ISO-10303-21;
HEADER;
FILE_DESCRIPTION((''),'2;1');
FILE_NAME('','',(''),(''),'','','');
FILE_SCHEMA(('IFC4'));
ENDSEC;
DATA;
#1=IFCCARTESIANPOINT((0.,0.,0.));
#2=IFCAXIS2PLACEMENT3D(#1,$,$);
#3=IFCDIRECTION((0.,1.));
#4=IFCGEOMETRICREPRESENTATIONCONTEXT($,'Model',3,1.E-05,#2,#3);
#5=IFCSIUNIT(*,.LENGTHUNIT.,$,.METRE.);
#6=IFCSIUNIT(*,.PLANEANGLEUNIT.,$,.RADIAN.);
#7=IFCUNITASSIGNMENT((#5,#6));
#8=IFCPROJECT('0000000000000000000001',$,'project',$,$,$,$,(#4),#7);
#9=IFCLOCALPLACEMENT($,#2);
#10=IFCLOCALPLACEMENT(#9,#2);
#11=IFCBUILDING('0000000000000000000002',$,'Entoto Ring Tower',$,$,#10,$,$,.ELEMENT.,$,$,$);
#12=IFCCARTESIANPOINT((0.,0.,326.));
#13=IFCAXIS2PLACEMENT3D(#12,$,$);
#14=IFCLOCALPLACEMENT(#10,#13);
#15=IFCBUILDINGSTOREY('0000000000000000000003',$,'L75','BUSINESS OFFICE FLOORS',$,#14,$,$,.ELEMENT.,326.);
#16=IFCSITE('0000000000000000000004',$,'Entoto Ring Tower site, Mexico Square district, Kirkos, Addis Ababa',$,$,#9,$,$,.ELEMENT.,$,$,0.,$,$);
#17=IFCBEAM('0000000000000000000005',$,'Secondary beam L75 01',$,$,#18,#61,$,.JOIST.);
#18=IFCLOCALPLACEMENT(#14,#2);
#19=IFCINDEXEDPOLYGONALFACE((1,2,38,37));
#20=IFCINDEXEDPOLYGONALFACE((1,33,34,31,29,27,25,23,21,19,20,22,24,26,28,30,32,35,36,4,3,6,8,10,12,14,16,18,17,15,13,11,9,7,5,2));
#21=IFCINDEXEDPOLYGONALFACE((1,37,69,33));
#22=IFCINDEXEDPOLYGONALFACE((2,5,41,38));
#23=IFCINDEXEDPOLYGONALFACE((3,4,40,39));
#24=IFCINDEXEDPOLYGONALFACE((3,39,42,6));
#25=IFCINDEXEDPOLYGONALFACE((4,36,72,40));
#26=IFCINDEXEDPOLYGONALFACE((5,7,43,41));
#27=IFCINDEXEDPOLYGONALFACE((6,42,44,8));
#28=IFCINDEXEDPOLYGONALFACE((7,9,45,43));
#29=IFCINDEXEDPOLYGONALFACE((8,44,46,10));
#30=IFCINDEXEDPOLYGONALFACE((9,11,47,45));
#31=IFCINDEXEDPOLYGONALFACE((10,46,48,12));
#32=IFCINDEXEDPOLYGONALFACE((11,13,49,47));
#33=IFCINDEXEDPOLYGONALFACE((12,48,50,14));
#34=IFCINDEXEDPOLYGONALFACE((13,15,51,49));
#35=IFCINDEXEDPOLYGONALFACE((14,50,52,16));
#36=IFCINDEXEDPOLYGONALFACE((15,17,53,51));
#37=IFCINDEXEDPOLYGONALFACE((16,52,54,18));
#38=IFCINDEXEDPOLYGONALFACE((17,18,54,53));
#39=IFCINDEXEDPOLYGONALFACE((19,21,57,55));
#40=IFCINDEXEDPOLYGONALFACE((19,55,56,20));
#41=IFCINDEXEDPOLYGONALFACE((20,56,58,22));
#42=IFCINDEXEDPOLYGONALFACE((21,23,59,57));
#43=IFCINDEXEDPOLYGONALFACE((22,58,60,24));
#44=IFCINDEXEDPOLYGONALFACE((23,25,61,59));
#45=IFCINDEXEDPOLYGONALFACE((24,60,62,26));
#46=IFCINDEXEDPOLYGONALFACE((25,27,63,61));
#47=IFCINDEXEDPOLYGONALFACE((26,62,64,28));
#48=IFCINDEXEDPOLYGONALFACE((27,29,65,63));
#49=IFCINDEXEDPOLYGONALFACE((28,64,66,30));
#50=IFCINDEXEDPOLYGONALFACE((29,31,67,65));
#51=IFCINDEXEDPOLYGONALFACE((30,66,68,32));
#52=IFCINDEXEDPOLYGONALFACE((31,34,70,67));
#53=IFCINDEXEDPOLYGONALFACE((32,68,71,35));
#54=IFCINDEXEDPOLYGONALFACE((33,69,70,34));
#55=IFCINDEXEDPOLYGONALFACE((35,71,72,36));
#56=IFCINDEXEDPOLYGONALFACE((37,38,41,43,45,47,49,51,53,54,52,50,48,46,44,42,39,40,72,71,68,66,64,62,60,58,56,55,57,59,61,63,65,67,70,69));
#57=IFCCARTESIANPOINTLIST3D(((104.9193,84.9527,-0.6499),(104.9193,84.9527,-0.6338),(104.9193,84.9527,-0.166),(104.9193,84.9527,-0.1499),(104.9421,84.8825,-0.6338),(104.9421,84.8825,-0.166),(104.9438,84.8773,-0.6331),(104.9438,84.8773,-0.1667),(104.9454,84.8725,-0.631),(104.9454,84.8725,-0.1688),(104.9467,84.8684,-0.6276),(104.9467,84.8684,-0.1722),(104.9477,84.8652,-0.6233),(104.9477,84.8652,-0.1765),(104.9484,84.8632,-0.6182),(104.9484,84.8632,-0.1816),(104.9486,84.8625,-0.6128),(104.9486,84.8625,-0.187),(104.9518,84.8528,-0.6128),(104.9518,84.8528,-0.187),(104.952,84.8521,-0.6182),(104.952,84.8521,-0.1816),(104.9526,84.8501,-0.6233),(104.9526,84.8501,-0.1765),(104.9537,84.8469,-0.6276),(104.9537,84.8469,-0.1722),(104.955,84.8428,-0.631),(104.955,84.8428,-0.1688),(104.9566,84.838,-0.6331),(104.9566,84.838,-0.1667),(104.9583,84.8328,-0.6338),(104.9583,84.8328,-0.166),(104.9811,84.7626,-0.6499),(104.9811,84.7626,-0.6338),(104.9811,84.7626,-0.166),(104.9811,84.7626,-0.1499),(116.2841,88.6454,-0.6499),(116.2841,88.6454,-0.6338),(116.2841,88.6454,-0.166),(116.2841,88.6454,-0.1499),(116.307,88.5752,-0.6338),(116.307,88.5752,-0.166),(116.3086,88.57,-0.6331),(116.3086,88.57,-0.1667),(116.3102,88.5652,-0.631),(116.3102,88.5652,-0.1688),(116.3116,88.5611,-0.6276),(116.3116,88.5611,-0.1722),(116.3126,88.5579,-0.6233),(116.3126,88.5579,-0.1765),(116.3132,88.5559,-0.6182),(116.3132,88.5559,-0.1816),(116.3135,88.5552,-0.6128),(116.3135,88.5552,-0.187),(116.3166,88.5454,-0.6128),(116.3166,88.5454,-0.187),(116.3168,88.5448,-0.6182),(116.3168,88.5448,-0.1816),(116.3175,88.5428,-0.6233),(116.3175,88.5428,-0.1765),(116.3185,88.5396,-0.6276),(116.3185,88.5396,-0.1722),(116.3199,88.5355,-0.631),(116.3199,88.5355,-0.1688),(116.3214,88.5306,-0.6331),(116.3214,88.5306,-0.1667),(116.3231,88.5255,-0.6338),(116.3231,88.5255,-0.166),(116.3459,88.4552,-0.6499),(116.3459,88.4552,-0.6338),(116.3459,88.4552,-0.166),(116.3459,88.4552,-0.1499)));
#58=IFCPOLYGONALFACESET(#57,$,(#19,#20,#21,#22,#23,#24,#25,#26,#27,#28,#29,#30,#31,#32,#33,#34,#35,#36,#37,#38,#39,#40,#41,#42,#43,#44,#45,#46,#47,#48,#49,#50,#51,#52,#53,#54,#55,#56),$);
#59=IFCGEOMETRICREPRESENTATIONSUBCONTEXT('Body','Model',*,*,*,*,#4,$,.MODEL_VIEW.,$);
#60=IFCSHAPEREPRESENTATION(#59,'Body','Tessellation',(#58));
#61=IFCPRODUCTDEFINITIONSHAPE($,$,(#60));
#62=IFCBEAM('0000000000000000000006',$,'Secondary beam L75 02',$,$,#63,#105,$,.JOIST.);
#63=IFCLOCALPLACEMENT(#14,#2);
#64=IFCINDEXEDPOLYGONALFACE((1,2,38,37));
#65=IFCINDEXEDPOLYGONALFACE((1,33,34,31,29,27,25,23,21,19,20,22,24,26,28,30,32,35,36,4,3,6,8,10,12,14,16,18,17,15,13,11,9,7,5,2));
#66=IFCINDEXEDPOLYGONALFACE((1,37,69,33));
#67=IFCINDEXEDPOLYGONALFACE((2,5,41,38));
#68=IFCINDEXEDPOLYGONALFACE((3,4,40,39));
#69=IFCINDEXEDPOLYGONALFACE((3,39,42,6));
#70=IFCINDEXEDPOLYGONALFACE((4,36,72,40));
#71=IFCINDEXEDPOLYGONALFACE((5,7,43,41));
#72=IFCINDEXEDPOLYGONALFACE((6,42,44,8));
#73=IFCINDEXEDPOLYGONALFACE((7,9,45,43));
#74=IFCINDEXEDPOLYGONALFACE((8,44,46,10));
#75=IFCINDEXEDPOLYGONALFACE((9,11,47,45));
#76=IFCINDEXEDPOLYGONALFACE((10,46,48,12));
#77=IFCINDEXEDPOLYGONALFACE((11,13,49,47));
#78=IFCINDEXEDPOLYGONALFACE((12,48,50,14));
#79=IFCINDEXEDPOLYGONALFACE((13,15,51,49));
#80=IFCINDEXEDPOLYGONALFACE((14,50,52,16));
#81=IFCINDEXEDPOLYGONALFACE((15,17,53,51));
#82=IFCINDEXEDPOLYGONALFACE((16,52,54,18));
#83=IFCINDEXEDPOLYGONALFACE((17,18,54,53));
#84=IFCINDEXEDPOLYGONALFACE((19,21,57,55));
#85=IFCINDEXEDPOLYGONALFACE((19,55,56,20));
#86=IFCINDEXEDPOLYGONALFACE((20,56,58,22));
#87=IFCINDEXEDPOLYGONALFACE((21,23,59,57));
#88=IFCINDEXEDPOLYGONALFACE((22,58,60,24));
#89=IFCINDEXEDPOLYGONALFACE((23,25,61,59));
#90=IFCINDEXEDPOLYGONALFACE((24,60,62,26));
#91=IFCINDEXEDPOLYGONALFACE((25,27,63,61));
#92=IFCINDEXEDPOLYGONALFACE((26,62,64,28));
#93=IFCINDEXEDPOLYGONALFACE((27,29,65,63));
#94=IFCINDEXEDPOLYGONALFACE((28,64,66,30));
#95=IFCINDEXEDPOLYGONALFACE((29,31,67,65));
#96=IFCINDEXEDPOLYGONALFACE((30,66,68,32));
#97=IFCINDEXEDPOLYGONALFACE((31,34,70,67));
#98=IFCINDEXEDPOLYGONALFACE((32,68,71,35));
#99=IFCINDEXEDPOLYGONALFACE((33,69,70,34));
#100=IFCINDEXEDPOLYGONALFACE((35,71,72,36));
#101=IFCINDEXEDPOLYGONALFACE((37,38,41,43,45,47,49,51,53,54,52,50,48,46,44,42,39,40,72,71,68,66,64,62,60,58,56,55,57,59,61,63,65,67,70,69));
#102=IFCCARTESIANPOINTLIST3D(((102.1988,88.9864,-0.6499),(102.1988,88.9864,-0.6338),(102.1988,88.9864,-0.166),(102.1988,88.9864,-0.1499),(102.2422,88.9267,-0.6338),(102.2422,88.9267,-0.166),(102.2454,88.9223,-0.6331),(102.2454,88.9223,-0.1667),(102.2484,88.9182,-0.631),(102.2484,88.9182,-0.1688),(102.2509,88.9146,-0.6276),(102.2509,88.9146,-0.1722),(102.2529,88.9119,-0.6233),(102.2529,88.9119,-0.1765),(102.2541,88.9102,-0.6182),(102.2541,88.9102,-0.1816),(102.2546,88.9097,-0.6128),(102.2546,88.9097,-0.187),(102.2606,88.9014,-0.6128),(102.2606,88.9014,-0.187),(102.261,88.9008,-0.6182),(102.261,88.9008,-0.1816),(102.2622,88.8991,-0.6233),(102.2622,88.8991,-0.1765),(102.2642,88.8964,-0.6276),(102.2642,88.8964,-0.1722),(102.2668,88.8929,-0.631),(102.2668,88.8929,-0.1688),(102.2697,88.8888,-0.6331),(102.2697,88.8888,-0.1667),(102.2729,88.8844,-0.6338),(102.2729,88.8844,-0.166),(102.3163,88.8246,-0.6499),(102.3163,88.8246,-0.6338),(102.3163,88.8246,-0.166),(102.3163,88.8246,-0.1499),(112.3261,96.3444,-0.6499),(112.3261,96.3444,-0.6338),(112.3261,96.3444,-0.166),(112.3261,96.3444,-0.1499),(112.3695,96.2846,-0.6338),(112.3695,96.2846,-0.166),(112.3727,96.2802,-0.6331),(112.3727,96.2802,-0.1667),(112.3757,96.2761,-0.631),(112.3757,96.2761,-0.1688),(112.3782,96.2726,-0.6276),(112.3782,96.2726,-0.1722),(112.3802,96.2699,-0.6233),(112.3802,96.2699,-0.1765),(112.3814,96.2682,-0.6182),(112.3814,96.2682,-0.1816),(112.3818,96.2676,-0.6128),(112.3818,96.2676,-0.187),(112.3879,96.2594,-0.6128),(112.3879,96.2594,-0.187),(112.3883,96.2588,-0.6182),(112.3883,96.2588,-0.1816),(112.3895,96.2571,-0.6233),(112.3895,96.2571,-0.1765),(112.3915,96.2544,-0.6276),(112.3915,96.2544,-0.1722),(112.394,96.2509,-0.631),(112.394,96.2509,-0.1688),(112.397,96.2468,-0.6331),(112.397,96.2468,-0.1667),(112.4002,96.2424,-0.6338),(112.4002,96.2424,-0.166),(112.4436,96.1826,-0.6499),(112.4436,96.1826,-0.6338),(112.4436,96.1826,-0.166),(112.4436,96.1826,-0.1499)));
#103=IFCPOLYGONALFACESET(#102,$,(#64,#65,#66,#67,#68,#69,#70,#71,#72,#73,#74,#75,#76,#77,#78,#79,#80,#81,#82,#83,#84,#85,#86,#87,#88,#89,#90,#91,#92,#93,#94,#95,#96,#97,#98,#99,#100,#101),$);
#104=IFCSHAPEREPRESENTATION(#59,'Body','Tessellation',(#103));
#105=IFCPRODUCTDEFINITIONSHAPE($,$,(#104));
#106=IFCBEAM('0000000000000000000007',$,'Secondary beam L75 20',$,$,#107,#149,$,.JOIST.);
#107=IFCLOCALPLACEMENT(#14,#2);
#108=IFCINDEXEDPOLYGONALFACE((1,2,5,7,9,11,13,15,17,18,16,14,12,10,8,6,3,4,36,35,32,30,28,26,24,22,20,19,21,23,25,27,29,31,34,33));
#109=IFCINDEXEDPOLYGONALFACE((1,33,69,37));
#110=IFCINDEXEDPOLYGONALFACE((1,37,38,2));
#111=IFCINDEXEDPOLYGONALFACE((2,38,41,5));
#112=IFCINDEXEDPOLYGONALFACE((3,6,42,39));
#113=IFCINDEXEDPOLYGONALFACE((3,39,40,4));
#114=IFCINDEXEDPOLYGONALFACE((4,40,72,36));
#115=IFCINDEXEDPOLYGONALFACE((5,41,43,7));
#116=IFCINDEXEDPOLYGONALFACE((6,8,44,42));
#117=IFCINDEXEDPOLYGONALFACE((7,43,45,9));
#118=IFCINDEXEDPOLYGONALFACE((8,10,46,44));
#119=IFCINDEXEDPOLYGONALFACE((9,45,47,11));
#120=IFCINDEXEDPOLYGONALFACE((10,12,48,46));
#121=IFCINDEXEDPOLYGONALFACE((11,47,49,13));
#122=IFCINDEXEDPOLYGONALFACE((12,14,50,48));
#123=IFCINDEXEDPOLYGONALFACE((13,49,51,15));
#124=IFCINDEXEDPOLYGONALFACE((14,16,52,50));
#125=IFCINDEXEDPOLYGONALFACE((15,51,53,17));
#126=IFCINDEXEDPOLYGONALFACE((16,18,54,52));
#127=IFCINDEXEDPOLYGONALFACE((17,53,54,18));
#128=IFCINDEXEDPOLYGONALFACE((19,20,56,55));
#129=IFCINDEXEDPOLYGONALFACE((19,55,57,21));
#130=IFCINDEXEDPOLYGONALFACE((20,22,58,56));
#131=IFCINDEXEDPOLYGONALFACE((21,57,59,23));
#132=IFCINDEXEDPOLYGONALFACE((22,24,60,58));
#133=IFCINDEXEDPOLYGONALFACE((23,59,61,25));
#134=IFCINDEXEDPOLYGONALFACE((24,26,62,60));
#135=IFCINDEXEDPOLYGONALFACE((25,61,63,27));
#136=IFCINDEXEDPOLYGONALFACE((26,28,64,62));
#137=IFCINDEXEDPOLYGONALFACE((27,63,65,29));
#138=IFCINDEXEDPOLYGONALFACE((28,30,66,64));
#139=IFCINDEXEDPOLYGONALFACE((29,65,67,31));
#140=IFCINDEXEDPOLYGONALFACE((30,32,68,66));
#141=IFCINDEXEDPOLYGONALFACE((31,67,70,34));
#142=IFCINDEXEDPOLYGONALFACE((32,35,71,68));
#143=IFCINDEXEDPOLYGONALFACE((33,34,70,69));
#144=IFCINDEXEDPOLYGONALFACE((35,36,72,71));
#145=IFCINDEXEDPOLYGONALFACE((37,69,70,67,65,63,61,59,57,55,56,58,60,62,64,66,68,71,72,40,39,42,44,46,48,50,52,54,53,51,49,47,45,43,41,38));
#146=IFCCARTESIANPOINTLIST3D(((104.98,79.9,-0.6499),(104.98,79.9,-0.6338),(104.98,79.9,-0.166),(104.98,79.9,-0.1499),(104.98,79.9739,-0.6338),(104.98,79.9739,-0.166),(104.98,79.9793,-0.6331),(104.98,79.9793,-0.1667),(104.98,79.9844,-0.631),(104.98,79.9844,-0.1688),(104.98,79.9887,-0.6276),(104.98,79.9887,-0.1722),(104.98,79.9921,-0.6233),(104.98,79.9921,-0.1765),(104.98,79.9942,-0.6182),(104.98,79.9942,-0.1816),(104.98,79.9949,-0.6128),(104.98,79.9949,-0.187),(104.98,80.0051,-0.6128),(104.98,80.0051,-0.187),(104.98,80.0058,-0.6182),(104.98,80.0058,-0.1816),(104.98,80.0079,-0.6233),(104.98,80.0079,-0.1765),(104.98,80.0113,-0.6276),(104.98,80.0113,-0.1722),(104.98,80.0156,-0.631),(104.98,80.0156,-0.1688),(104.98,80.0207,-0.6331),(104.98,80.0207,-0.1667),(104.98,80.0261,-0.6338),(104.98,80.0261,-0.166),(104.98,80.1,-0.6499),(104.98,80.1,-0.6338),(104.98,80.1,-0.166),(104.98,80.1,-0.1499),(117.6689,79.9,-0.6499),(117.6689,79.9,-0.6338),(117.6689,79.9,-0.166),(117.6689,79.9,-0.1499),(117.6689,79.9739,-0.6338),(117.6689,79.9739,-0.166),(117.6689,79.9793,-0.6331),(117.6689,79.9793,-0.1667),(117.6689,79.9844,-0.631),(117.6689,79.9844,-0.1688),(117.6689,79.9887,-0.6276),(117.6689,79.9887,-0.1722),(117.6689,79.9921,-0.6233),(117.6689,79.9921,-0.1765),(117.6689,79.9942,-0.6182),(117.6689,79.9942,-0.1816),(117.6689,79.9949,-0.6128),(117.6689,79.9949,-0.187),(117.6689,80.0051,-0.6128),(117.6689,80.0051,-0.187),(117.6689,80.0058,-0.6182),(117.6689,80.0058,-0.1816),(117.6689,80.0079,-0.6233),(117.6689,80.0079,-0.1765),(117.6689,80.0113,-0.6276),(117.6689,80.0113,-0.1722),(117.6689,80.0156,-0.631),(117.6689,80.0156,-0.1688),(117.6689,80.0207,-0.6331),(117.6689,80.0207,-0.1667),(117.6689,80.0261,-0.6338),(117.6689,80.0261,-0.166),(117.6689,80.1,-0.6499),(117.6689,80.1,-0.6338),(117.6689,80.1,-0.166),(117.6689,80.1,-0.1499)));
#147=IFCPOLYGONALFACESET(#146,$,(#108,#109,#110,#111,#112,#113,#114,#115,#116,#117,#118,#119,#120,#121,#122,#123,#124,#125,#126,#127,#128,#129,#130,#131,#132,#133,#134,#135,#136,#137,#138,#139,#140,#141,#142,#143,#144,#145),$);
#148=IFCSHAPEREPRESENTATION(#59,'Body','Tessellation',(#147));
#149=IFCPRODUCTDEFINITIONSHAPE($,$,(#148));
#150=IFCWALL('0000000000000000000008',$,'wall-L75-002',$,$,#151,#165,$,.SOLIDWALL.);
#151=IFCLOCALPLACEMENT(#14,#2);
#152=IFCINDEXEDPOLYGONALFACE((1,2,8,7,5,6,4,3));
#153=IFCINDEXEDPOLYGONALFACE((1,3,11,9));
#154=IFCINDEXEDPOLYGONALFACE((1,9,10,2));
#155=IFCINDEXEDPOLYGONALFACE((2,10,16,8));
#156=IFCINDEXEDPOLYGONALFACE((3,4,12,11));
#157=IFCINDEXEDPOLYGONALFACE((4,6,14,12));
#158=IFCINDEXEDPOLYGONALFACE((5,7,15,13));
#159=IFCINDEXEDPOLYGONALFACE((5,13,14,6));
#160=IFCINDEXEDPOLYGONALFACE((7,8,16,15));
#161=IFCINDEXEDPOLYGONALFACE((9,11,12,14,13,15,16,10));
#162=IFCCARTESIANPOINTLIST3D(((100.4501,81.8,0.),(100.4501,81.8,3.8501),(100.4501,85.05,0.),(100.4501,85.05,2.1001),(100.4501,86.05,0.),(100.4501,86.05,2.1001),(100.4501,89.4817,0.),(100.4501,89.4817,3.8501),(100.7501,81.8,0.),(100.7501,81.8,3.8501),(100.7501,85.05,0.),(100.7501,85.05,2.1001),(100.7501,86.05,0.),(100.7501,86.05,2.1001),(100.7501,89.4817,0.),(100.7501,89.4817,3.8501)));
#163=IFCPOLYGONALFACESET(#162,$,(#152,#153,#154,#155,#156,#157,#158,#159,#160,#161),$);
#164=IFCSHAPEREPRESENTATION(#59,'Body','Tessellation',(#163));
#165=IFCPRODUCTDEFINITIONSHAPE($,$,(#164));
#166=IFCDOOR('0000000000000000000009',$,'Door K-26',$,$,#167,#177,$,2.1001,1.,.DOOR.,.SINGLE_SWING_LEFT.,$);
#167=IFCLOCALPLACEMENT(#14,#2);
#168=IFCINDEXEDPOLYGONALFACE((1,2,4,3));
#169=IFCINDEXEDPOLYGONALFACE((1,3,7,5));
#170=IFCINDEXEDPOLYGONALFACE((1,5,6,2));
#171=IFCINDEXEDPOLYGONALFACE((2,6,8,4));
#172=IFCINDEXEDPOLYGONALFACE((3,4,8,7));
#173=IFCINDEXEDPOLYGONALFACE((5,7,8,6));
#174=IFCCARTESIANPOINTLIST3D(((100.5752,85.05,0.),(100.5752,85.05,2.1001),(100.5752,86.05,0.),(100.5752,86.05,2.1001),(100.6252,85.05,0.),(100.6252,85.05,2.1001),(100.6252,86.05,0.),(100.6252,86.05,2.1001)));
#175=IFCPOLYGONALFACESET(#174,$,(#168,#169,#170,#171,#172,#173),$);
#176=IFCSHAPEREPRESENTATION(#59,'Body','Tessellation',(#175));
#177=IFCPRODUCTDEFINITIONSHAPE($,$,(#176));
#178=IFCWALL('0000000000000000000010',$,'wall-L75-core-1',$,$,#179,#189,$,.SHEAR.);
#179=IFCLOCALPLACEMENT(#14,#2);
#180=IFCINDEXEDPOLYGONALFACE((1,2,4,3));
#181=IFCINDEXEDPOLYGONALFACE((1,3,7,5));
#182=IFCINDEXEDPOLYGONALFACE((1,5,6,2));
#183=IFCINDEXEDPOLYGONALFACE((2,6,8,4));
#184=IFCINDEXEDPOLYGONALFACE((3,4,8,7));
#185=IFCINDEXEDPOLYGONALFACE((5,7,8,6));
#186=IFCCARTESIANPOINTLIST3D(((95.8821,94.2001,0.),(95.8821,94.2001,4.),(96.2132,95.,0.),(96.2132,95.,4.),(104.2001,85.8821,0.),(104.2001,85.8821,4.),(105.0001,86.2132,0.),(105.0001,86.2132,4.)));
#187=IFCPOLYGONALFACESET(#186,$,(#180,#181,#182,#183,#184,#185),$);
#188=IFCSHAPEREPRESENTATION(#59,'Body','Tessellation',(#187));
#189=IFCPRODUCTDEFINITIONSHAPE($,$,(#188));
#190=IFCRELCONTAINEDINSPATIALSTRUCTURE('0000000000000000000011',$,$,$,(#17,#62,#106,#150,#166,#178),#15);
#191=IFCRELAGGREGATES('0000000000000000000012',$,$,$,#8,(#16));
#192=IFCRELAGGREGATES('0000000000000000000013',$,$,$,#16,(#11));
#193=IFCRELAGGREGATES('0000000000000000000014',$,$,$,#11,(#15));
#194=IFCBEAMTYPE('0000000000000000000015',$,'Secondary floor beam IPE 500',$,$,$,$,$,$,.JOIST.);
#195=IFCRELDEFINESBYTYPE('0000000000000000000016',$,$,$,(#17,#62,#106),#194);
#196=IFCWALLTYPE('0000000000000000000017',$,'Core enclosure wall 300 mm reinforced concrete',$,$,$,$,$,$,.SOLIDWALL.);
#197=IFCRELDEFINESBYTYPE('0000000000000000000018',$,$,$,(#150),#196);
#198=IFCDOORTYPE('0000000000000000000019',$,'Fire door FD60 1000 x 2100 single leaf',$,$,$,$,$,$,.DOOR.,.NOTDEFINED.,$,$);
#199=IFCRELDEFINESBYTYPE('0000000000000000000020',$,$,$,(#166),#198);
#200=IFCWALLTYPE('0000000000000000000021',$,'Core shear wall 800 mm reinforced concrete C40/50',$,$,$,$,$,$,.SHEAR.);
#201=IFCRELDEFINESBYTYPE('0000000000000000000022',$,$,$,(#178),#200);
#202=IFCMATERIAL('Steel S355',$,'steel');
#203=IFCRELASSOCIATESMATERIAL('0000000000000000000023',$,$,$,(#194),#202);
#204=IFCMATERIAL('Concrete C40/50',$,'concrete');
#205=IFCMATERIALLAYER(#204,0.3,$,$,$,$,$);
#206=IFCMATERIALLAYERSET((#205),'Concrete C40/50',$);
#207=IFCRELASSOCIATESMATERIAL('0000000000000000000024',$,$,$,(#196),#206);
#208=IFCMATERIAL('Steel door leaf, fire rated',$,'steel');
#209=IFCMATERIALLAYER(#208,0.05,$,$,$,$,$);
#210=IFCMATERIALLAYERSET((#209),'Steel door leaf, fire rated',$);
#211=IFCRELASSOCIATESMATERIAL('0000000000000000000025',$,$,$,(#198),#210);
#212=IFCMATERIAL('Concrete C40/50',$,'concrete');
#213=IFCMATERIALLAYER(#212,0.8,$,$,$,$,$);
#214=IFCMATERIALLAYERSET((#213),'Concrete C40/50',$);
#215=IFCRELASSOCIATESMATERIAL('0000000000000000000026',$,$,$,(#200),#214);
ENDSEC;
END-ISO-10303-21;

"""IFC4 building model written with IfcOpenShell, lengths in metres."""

from ifc_helpers import new_model, si_unit, direction, frame, frame_2d, origin, origin_2d, place, context, subcontext, project, spatial, polyline, rectangle, i_section, outline, extrude, material, layer, layer_set, material_profile, profile_set, type_object, element, fill, save


model = new_model("IFC4")

# Units and contexts
model_context = context("Model", 3, precision=1e-05, world=origin(), true_north=direction((0.0, 1.0)))
body_context = subcontext(model_context, "Body", "Model", "MODEL_VIEW")
ifc_project = project(units=[si_unit("LENGTHUNIT", "METRE"), si_unit("PLANEANGLEUNIT", "RADIAN")], contexts=[model_context])

# Site, building, storey
site_placement = place(None, origin())
site = spatial("IfcSite", under=ifc_project, at=site_placement, Name="Entoto Ring Tower site, Mexico Square district, Kirkos, Addis Ababa", CompositionType="ELEMENT", RefElevation=0.0)
building_placement = place(site_placement, origin())
building = spatial("IfcBuilding", under=site, at=building_placement, Name="Entoto Ring Tower", CompositionType="ELEMENT")
storey_placement = place(building_placement, frame((0.0, 0.0, 326.0)))
storey = spatial("IfcBuildingStorey", under=building, at=storey_placement, Name="L75", Description="BUSINESS OFFICE FLOORS", CompositionType="ELEMENT", Elevation=326.0)

# Beams
ifc_material_1 = material(Name="Steel S355", Category="steel")
ifc_material_profile_1 = material_profile(ifc_material_1, i_section(OverallWidth=0.2, OverallDepth=0.5, WebThickness=0.0103, FlangeThickness=0.0161, FilletRadius=0.021, at=origin_2d()), Name="IPE 500")
ifc_profile_set_1 = profile_set([ifc_material_profile_1], Name="Steel S355")
beam_type_1 = type_object("IfcBeamType", Name="Secondary floor beam IPE 500", PredefinedType="JOIST", material=ifc_profile_set_1)
beam_1_placement = place(storey_placement, frame((104.9502, 84.8577, -0.3999), z_axis=(0.951057, 0.309017, 0.0), x_axis=(-0.309017, 0.951057, 0.0)))
element("IfcBeam", 1, at=beam_1_placement, inside=storey, type_object=beam_type_1, Name="Secondary beam L75 01", PredefinedType="JOIST", context=body_context, shape_type="SweptSolid", body=[
    extrude(i_section(OverallWidth=0.2, OverallDepth=0.5, WebThickness=0.0103, FlangeThickness=0.0161, FilletRadius=0.021, at=origin_2d()), origin(), (0.0, 0.0, 1.0), 11.9497),
])
beam_2_placement = place(storey_placement, frame((102.2576, 88.9055, -0.3999), z_axis=(0.809014, 0.587789, 0.0), x_axis=(-0.587789, 0.809014, 0.0)))
element("IfcBeam", 2, at=beam_2_placement, inside=storey, type_object=beam_type_1, Name="Secondary beam L75 02", PredefinedType="JOIST", context=body_context, shape_type="SweptSolid", body=[
    extrude(i_section(OverallWidth=0.2, OverallDepth=0.5, WebThickness=0.0103, FlangeThickness=0.0161, FilletRadius=0.021, at=origin_2d()), origin(), (0.0, 0.0, 1.0), 12.5181),
])
beam_3_placement = place(storey_placement, frame((104.98, 80.0, -0.3999), z_axis=(1.0, 0.0, 0.0), x_axis=(0.0, 1.0, 0.0)))
element("IfcBeam", 3, at=beam_3_placement, inside=storey, type_object=beam_type_1, Name="Secondary beam L75 20", PredefinedType="JOIST", context=body_context, shape_type="SweptSolid", body=[
    extrude(i_section(OverallWidth=0.2, OverallDepth=0.5, WebThickness=0.0103, FlangeThickness=0.0161, FilletRadius=0.021, at=origin_2d()), origin(), (0.0, 0.0, 1.0), 12.689),
])

# Wall, opening, door
ifc_material_2 = material(Name="Concrete C40/50", Category="concrete")
ifc_layer_1 = layer(ifc_material_2, 0.3)
ifc_layer_set_1 = layer_set([ifc_layer_1], Name="Concrete C40/50")
wall_type_1 = type_object("IfcWallType", Name="Core enclosure wall 300 mm reinforced concrete", PredefinedType="SOLIDWALL", material=ifc_layer_set_1)
wall_1_placement = place(storey_placement, frame((100.6001, 81.8, 0.0), z_axis=(0.0, 0.0, 1.0), x_axis=(0.0, 1.0, 0.0)))
wall_1 = element("IfcWall", 4, at=wall_1_placement, inside=storey, type_object=wall_type_1, Name="wall-L75-002", PredefinedType="SOLIDWALL", context=body_context, shape_type="SweptSolid", body=[
    extrude(rectangle(XDim=7.6816, YDim=0.3, at=frame_2d((3.8408, 0.0))), origin(), (0.0, 0.0, 1.0), 3.8501),
])
opening_1_placement = place(wall_1_placement, frame((3.25, 0.0, 0.0)))
opening_1 = element("IfcOpeningElement", 5, at=opening_1_placement, cuts=wall_1, PredefinedType="OPENING", context=body_context, shape_type="SweptSolid", body=[
    extrude(rectangle(XDim=1.0, YDim=2.1001, at=frame_2d((0.5, 1.05))), frame((0.0, 0.1602, 0.0), z_axis=(0.0, -1.0, 0.0), x_axis=(1.0, 0.0, 0.0)), (0.0, 0.0, 1.0), 0.3201),
])
ifc_material_3 = material(Name="Steel door leaf, fire rated", Category="steel")
ifc_layer_2 = layer(ifc_material_3, 0.05)
ifc_layer_set_2 = layer_set([ifc_layer_2], Name="Steel door leaf, fire rated")
door_type_1 = type_object("IfcDoorType", Name="Fire door FD60 1000 x 2100 single leaf", OperationType="NOTDEFINED", PredefinedType="DOOR", material=ifc_layer_set_2)
door_1_placement = place(opening_1_placement, origin())
door_1 = element("IfcDoor", 6, at=door_1_placement, inside=storey, type_object=door_type_1, Name="Door K-26", OperationType="SINGLE_SWING_LEFT", OverallHeight=2.1001, OverallWidth=1.0, PredefinedType="DOOR", context=body_context, shape_type="SweptSolid", body=[
    extrude(rectangle(XDim=1.0, YDim=2.1001, at=frame_2d((0.5, 1.05))), frame((0.0, 0.0249, 0.0), z_axis=(0.0, -1.0, 0.0), x_axis=(1.0, 0.0, 0.0)), (0.0, 0.0, 1.0), 0.05),
])
fill(opening_1, door_1)

# Wall
ifc_material_4 = material(Name="Concrete C40/50", Category="concrete")
ifc_layer_3 = layer(ifc_material_4, 0.8)
ifc_layer_set_3 = layer_set([ifc_layer_3], Name="Concrete C40/50")
wall_type_2 = type_object("IfcWallType", Name="Core shear wall 800 mm reinforced concrete C40/50", PredefinedType="SHEAR", material=ifc_layer_set_3)
wall_2_placement = place(storey_placement, frame((104.6001, 86.0476, 0.0), z_axis=(0.0, 0.0, 1.0), x_axis=(-0.707107, 0.707107, 0.0)))
element("IfcWall", 7, at=wall_2_placement, inside=storey, type_object=wall_type_2, Name="wall-L75-core-1", PredefinedType="SHEAR", context=body_context, shape_type="SweptSolid", body=[
    extrude(outline(polyline([(-0.1658, -0.3999), (12.2607, -0.3999), (11.9292, 0.3999), (0.1658, 0.3999), (-0.1658, -0.3999)])), origin(), (0.0, 0.0, 1.0), 4.0),
])

save(model, "model.ifc")
